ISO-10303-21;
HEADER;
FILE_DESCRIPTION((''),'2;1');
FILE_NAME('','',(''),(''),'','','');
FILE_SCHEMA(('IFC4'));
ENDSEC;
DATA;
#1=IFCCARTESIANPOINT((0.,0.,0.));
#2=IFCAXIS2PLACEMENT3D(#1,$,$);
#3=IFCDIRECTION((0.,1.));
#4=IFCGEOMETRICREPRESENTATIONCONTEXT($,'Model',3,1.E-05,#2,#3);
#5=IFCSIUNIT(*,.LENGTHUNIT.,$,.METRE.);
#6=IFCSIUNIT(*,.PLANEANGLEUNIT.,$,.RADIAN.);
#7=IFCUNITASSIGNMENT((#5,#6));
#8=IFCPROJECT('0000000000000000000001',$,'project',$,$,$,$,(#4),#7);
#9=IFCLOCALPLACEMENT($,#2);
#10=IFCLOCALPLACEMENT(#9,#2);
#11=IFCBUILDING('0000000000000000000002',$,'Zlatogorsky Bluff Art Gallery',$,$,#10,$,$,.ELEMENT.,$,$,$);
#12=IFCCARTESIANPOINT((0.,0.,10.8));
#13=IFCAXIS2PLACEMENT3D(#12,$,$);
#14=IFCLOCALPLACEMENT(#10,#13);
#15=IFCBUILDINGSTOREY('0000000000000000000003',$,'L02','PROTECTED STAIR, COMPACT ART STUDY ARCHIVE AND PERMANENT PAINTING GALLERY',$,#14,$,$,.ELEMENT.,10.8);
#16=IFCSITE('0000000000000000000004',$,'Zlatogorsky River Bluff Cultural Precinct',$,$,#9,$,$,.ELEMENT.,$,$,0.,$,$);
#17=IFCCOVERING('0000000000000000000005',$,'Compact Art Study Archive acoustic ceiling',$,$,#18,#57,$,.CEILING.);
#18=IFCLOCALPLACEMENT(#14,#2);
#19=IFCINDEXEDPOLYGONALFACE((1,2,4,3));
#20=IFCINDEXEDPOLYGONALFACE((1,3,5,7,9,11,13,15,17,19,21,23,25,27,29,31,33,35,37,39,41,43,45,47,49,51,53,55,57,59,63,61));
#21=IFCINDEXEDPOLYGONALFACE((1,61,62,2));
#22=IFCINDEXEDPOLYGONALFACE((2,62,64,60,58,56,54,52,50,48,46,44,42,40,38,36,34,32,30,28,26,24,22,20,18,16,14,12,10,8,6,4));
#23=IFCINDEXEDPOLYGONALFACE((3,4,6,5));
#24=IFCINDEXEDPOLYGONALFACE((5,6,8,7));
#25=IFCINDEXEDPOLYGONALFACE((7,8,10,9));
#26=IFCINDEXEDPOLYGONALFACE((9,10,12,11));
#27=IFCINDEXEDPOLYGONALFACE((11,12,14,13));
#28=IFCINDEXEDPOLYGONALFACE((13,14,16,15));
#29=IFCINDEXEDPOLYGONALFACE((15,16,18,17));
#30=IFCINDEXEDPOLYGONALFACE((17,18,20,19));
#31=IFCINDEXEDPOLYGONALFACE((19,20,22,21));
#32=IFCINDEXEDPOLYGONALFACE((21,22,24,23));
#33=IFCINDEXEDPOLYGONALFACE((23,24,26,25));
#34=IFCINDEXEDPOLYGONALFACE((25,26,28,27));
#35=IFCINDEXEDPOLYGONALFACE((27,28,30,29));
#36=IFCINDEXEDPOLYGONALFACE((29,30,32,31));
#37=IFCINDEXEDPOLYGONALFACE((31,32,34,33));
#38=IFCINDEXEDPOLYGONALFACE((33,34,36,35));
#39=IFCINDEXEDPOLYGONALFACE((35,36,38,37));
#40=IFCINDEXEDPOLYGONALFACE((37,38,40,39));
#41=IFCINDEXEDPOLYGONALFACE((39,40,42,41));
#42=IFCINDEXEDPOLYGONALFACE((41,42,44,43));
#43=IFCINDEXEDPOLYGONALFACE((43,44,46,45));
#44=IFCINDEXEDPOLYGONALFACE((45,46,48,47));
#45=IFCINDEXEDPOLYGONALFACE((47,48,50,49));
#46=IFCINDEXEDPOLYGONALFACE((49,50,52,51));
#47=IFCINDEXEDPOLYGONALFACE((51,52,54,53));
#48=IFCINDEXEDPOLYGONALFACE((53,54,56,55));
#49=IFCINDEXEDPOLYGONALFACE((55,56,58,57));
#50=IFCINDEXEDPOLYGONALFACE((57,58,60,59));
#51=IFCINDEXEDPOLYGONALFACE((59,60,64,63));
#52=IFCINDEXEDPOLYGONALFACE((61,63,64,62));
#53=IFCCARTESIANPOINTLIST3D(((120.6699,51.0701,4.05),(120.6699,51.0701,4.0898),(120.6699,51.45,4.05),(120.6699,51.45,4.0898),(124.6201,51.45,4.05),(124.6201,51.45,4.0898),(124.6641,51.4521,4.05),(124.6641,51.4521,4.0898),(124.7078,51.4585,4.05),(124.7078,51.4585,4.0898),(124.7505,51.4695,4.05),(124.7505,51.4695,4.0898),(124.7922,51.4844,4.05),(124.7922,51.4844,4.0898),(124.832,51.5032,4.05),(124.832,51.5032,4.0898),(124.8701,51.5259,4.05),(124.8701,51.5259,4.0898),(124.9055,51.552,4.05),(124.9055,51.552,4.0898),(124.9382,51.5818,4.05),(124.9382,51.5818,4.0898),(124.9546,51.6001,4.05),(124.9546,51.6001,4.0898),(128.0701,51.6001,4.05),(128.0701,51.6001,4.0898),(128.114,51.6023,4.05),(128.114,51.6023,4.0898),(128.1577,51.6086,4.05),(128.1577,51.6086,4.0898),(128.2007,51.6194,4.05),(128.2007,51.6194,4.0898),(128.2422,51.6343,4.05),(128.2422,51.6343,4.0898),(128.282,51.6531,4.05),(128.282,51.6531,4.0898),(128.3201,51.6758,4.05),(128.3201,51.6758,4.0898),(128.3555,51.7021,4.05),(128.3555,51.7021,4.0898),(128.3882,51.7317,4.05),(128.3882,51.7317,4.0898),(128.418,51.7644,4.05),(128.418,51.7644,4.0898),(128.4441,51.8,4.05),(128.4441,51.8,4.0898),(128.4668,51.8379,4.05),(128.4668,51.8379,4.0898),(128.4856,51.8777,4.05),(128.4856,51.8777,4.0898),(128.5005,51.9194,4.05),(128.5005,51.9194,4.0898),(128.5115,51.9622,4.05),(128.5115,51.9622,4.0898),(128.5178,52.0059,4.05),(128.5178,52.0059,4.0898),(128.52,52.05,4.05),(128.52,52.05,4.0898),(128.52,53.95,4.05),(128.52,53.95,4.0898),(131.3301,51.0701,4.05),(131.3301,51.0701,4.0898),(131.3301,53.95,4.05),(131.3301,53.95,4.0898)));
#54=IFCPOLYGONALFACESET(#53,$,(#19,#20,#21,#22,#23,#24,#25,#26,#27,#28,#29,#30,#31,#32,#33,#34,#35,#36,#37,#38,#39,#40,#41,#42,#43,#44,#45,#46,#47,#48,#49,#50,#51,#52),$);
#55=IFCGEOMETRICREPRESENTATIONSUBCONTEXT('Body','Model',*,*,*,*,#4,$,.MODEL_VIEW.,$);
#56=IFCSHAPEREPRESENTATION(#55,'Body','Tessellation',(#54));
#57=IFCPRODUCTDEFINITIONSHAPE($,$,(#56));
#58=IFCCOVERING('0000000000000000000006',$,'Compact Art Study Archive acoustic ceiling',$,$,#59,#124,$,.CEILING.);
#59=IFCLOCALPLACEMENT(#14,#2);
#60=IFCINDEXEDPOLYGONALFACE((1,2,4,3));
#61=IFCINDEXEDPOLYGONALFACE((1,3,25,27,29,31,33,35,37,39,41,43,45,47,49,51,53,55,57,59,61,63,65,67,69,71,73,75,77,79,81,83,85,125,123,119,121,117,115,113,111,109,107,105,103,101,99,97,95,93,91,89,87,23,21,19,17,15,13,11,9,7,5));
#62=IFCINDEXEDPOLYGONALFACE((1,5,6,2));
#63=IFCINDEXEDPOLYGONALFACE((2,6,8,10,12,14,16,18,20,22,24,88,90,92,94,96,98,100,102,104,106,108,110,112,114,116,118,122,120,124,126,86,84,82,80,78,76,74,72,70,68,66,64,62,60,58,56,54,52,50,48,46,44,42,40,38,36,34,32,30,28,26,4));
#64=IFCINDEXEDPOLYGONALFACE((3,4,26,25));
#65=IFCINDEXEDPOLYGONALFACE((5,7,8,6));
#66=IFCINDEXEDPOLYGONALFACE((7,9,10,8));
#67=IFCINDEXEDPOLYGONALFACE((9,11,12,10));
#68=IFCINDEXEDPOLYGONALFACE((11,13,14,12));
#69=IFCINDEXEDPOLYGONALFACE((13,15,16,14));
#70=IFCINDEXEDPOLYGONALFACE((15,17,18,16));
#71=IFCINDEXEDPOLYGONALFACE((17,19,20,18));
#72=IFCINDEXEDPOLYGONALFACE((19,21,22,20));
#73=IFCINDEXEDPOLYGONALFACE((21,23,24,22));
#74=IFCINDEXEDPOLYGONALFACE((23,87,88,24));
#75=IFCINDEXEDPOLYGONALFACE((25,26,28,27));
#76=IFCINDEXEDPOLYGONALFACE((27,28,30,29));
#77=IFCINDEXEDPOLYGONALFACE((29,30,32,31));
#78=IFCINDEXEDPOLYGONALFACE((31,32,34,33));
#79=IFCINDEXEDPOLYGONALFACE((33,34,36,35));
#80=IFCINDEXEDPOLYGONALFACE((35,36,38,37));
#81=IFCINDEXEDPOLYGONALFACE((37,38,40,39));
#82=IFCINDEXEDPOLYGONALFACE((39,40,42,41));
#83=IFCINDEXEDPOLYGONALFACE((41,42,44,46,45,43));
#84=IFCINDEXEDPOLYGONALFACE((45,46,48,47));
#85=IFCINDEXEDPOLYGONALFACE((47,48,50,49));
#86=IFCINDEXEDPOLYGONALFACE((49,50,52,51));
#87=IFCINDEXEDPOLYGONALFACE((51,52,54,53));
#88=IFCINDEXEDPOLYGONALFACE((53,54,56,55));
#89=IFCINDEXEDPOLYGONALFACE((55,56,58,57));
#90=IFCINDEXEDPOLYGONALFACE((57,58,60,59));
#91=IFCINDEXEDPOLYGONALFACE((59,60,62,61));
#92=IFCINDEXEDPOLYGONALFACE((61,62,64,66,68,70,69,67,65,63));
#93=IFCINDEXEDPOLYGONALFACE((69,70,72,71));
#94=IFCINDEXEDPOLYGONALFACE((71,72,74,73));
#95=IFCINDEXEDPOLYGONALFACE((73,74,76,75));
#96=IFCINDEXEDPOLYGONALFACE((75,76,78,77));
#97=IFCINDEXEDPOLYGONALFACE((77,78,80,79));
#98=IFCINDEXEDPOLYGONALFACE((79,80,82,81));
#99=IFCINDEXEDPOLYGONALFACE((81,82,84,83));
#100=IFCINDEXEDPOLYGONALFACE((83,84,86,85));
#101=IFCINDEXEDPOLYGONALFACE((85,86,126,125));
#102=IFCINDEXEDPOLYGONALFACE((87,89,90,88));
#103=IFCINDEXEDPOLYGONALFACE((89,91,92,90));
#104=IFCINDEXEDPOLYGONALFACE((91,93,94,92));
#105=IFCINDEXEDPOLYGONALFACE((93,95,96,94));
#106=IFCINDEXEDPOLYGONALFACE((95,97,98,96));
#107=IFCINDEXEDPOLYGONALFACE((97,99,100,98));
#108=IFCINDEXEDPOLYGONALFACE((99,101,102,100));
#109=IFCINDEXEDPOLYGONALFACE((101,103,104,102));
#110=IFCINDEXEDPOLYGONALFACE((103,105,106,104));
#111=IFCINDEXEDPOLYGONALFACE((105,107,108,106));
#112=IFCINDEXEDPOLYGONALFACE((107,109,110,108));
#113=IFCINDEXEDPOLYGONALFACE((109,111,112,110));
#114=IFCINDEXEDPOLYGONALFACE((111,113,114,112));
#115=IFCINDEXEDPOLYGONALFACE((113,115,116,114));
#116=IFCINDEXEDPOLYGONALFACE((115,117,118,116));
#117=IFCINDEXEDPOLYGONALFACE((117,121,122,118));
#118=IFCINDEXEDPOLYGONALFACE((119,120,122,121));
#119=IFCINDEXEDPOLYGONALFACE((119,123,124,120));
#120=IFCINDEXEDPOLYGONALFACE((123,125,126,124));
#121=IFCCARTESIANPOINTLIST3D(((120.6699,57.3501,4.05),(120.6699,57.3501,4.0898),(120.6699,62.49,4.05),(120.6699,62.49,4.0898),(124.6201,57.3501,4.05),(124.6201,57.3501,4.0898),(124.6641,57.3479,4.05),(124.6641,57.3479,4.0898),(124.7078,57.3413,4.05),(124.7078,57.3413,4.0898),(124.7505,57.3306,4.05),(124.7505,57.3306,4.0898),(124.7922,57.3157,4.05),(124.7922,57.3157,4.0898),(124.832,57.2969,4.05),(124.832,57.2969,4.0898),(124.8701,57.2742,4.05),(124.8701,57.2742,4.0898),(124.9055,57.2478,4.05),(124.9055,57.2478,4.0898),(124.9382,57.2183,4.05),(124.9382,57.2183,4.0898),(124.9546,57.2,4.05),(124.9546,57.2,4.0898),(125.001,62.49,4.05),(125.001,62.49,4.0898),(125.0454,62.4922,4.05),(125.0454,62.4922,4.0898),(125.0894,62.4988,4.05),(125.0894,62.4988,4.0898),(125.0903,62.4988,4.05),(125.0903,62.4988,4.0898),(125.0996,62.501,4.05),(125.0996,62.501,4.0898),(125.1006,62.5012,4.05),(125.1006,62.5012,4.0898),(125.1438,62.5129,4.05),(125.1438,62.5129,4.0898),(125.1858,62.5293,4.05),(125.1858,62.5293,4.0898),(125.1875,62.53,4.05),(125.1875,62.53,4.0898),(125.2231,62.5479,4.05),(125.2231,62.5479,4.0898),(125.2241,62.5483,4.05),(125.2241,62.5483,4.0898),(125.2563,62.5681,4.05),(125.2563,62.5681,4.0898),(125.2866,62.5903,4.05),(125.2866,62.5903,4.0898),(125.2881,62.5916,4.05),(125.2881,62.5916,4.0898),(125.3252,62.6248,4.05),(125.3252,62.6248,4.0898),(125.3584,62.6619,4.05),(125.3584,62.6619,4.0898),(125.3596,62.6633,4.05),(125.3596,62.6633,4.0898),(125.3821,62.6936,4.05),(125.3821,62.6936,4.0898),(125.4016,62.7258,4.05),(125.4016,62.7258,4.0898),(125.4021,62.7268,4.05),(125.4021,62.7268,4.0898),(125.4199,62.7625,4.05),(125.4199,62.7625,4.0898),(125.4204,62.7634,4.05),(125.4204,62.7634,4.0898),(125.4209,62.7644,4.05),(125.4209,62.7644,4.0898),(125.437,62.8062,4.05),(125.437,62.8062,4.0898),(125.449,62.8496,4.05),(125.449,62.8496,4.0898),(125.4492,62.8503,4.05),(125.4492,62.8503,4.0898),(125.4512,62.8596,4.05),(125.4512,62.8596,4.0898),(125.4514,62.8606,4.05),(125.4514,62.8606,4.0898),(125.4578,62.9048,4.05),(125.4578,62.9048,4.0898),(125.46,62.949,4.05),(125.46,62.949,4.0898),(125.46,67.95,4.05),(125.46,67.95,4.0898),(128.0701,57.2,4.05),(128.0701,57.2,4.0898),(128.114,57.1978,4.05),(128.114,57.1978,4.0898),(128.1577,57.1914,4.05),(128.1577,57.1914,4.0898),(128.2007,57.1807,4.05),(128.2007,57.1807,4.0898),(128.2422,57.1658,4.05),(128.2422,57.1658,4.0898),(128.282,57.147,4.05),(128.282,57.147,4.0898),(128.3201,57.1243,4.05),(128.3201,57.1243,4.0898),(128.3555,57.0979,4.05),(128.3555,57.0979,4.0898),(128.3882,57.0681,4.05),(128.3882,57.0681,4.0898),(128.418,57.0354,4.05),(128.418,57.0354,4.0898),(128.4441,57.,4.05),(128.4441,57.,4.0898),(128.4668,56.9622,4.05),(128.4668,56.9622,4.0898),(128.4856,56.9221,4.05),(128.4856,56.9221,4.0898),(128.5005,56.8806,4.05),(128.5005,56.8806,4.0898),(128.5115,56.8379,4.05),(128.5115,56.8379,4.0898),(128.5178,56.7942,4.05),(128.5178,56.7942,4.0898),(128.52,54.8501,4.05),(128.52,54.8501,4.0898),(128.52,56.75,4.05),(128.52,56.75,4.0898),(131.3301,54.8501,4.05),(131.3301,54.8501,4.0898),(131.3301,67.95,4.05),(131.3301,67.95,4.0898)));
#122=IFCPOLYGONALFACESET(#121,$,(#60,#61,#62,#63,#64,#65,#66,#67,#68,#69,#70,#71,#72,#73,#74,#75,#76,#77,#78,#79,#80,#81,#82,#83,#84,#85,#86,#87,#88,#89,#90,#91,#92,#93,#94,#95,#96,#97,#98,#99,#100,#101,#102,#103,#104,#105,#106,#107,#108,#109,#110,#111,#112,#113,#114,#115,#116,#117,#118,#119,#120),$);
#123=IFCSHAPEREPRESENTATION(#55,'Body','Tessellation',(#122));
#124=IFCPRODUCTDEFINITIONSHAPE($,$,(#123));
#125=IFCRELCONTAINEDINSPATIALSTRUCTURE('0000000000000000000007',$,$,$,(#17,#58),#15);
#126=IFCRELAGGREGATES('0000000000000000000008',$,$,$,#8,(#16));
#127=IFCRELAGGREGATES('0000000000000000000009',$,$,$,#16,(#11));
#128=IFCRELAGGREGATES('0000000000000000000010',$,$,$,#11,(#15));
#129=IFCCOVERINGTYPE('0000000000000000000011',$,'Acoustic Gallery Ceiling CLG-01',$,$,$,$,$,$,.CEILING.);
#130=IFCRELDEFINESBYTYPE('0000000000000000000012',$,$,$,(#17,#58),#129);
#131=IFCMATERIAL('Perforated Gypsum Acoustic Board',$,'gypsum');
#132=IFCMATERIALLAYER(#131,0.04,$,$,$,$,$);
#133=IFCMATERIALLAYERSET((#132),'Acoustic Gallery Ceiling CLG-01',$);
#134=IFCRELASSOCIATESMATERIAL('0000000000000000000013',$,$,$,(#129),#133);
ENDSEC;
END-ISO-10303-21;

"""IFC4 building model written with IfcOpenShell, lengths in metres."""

from ifc_helpers import new_model, si_unit, direction, frame, origin, place, context, subcontext, project, spatial, polyline, outline, extrude, material, layer, layer_set, type_object, element, save


model = new_model("IFC4")

# Units and contexts
model_context = context("Model", 3, precision=1e-05, world=origin(), true_north=direction((0.0, 1.0)))
body_context = subcontext(model_context, "Body", "Model", "MODEL_VIEW")
ifc_project = project(units=[si_unit("LENGTHUNIT", "METRE"), si_unit("PLANEANGLEUNIT", "RADIAN")], contexts=[model_context])

# Site, building, storey
site_placement = place(None, origin())
site = spatial("IfcSite", under=ifc_project, at=site_placement, Name="Zlatogorsky River Bluff Cultural Precinct", CompositionType="ELEMENT", RefElevation=0.0)
building_placement = place(site_placement, origin())
building = spatial("IfcBuilding", under=site, at=building_placement, Name="Zlatogorsky Bluff Art Gallery", CompositionType="ELEMENT")
storey_placement = place(building_placement, frame((0.0, 0.0, 10.8)))
storey = spatial("IfcBuildingStorey", under=building, at=storey_placement, Name="L02", Description="PROTECTED STAIR, COMPACT ART STUDY ARCHIVE AND PERMANENT PAINTING GALLERY", CompositionType="ELEMENT", Elevation=10.8)

# Coverings
ifc_material_1 = material(Name="Perforated Gypsum Acoustic Board", Category="gypsum")
ifc_layer_1 = layer(ifc_material_1, 0.04)
ifc_layer_set_1 = layer_set([ifc_layer_1], Name="Acoustic Gallery Ceiling CLG-01")
covering_type_1 = type_object("IfcCoveringType", Name="Acoustic Gallery Ceiling CLG-01", PredefinedType="CEILING", material=ifc_layer_set_1)
covering_1_placement = place(storey_placement, frame((0.0, 0.0, 4.05)))
element("IfcCovering", 1, at=covering_1_placement, inside=storey, type_object=covering_type_1, Name="Compact Art Study Archive acoustic ceiling", PredefinedType="CEILING", context=body_context, shape_type="SweptSolid", body=[
    extrude(outline(polyline([(124.6201, 51.45), (124.6641, 51.4521), (124.7078, 51.4585), (124.7505, 51.4695), (124.7922, 51.4844), (124.832, 51.5032), (124.8701, 51.5259), (124.9055, 51.552), (124.9382, 51.5818), (124.9546, 51.6001), (128.0701, 51.6001), (128.114, 51.6023), (128.1577, 51.6086), (128.2007, 51.6194), (128.2422, 51.6343), (128.282, 51.6531), (128.3201, 51.6758), (128.3555, 51.7021), (128.3882, 51.7317), (128.418, 51.7644), (128.4441, 51.8), (128.4668, 51.8379), (128.4856, 51.8777), (128.5005, 51.9194), (128.5115, 51.9622), (128.5178, 52.0059), (128.52, 52.05), (128.52, 53.95), (131.3301, 53.95), (131.3301, 51.0701), (120.6699, 51.0701), (120.6699, 51.45), (124.6201, 51.45)])), origin(), (0.0, 0.0, 1.0), 0.0398),
])
covering_2_placement = place(storey_placement, frame((0.0, 0.0, 4.05)))
element("IfcCovering", 2, at=covering_2_placement, inside=storey, type_object=covering_type_1, Name="Compact Art Study Archive acoustic ceiling", PredefinedType="CEILING", context=body_context, shape_type="SweptSolid", body=[
    extrude(outline(polyline([(120.6699, 62.49), (125.001, 62.49), (125.0454, 62.4922), (125.0894, 62.4988), (125.0903, 62.4988), (125.0996, 62.501), (125.1006, 62.5012), (125.1438, 62.5129), (125.1858, 62.5293), (125.1875, 62.53), (125.2231, 62.5479), (125.2241, 62.5483), (125.2563, 62.5681), (125.2866, 62.5903), (125.2881, 62.5916), (125.3252, 62.6248), (125.3584, 62.6619), (125.3596, 62.6633), (125.3821, 62.6936), (125.4016, 62.7258), (125.4021, 62.7268), (125.4199, 62.7625), (125.4204, 62.7634), (125.4209, 62.7644), (125.437, 62.8062), (125.449, 62.8496), (125.4492, 62.8503), (125.4512, 62.8596), (125.4514, 62.8606), (125.4578, 62.9048), (125.46, 62.949), (125.46, 67.95), (131.3301, 67.95), (131.3301, 54.8501), (128.52, 54.8501), (128.52, 56.75), (128.5178, 56.7942), (128.5115, 56.8379), (128.5005, 56.8806), (128.4856, 56.9221), (128.4668, 56.9622), (128.4441, 57.0), (128.418, 57.0354), (128.3882, 57.0681), (128.3555, 57.0979), (128.3201, 57.1243), (128.282, 57.147), (128.2422, 57.1658), (128.2007, 57.1807), (128.1577, 57.1914), (128.114, 57.1978), (128.0701, 57.2), (124.9546, 57.2), (124.9382, 57.2183), (124.9055, 57.2478), (124.8701, 57.2742), (124.832, 57.2969), (124.7922, 57.3157), (124.7505, 57.3306), (124.7078, 57.3413), (124.6641, 57.3479), (124.6201, 57.3501), (120.6699, 57.3501), (120.6699, 62.49)])), origin(), (0.0, 0.0, 1.0), 0.0398),
])

save(model, "model.ifc")
